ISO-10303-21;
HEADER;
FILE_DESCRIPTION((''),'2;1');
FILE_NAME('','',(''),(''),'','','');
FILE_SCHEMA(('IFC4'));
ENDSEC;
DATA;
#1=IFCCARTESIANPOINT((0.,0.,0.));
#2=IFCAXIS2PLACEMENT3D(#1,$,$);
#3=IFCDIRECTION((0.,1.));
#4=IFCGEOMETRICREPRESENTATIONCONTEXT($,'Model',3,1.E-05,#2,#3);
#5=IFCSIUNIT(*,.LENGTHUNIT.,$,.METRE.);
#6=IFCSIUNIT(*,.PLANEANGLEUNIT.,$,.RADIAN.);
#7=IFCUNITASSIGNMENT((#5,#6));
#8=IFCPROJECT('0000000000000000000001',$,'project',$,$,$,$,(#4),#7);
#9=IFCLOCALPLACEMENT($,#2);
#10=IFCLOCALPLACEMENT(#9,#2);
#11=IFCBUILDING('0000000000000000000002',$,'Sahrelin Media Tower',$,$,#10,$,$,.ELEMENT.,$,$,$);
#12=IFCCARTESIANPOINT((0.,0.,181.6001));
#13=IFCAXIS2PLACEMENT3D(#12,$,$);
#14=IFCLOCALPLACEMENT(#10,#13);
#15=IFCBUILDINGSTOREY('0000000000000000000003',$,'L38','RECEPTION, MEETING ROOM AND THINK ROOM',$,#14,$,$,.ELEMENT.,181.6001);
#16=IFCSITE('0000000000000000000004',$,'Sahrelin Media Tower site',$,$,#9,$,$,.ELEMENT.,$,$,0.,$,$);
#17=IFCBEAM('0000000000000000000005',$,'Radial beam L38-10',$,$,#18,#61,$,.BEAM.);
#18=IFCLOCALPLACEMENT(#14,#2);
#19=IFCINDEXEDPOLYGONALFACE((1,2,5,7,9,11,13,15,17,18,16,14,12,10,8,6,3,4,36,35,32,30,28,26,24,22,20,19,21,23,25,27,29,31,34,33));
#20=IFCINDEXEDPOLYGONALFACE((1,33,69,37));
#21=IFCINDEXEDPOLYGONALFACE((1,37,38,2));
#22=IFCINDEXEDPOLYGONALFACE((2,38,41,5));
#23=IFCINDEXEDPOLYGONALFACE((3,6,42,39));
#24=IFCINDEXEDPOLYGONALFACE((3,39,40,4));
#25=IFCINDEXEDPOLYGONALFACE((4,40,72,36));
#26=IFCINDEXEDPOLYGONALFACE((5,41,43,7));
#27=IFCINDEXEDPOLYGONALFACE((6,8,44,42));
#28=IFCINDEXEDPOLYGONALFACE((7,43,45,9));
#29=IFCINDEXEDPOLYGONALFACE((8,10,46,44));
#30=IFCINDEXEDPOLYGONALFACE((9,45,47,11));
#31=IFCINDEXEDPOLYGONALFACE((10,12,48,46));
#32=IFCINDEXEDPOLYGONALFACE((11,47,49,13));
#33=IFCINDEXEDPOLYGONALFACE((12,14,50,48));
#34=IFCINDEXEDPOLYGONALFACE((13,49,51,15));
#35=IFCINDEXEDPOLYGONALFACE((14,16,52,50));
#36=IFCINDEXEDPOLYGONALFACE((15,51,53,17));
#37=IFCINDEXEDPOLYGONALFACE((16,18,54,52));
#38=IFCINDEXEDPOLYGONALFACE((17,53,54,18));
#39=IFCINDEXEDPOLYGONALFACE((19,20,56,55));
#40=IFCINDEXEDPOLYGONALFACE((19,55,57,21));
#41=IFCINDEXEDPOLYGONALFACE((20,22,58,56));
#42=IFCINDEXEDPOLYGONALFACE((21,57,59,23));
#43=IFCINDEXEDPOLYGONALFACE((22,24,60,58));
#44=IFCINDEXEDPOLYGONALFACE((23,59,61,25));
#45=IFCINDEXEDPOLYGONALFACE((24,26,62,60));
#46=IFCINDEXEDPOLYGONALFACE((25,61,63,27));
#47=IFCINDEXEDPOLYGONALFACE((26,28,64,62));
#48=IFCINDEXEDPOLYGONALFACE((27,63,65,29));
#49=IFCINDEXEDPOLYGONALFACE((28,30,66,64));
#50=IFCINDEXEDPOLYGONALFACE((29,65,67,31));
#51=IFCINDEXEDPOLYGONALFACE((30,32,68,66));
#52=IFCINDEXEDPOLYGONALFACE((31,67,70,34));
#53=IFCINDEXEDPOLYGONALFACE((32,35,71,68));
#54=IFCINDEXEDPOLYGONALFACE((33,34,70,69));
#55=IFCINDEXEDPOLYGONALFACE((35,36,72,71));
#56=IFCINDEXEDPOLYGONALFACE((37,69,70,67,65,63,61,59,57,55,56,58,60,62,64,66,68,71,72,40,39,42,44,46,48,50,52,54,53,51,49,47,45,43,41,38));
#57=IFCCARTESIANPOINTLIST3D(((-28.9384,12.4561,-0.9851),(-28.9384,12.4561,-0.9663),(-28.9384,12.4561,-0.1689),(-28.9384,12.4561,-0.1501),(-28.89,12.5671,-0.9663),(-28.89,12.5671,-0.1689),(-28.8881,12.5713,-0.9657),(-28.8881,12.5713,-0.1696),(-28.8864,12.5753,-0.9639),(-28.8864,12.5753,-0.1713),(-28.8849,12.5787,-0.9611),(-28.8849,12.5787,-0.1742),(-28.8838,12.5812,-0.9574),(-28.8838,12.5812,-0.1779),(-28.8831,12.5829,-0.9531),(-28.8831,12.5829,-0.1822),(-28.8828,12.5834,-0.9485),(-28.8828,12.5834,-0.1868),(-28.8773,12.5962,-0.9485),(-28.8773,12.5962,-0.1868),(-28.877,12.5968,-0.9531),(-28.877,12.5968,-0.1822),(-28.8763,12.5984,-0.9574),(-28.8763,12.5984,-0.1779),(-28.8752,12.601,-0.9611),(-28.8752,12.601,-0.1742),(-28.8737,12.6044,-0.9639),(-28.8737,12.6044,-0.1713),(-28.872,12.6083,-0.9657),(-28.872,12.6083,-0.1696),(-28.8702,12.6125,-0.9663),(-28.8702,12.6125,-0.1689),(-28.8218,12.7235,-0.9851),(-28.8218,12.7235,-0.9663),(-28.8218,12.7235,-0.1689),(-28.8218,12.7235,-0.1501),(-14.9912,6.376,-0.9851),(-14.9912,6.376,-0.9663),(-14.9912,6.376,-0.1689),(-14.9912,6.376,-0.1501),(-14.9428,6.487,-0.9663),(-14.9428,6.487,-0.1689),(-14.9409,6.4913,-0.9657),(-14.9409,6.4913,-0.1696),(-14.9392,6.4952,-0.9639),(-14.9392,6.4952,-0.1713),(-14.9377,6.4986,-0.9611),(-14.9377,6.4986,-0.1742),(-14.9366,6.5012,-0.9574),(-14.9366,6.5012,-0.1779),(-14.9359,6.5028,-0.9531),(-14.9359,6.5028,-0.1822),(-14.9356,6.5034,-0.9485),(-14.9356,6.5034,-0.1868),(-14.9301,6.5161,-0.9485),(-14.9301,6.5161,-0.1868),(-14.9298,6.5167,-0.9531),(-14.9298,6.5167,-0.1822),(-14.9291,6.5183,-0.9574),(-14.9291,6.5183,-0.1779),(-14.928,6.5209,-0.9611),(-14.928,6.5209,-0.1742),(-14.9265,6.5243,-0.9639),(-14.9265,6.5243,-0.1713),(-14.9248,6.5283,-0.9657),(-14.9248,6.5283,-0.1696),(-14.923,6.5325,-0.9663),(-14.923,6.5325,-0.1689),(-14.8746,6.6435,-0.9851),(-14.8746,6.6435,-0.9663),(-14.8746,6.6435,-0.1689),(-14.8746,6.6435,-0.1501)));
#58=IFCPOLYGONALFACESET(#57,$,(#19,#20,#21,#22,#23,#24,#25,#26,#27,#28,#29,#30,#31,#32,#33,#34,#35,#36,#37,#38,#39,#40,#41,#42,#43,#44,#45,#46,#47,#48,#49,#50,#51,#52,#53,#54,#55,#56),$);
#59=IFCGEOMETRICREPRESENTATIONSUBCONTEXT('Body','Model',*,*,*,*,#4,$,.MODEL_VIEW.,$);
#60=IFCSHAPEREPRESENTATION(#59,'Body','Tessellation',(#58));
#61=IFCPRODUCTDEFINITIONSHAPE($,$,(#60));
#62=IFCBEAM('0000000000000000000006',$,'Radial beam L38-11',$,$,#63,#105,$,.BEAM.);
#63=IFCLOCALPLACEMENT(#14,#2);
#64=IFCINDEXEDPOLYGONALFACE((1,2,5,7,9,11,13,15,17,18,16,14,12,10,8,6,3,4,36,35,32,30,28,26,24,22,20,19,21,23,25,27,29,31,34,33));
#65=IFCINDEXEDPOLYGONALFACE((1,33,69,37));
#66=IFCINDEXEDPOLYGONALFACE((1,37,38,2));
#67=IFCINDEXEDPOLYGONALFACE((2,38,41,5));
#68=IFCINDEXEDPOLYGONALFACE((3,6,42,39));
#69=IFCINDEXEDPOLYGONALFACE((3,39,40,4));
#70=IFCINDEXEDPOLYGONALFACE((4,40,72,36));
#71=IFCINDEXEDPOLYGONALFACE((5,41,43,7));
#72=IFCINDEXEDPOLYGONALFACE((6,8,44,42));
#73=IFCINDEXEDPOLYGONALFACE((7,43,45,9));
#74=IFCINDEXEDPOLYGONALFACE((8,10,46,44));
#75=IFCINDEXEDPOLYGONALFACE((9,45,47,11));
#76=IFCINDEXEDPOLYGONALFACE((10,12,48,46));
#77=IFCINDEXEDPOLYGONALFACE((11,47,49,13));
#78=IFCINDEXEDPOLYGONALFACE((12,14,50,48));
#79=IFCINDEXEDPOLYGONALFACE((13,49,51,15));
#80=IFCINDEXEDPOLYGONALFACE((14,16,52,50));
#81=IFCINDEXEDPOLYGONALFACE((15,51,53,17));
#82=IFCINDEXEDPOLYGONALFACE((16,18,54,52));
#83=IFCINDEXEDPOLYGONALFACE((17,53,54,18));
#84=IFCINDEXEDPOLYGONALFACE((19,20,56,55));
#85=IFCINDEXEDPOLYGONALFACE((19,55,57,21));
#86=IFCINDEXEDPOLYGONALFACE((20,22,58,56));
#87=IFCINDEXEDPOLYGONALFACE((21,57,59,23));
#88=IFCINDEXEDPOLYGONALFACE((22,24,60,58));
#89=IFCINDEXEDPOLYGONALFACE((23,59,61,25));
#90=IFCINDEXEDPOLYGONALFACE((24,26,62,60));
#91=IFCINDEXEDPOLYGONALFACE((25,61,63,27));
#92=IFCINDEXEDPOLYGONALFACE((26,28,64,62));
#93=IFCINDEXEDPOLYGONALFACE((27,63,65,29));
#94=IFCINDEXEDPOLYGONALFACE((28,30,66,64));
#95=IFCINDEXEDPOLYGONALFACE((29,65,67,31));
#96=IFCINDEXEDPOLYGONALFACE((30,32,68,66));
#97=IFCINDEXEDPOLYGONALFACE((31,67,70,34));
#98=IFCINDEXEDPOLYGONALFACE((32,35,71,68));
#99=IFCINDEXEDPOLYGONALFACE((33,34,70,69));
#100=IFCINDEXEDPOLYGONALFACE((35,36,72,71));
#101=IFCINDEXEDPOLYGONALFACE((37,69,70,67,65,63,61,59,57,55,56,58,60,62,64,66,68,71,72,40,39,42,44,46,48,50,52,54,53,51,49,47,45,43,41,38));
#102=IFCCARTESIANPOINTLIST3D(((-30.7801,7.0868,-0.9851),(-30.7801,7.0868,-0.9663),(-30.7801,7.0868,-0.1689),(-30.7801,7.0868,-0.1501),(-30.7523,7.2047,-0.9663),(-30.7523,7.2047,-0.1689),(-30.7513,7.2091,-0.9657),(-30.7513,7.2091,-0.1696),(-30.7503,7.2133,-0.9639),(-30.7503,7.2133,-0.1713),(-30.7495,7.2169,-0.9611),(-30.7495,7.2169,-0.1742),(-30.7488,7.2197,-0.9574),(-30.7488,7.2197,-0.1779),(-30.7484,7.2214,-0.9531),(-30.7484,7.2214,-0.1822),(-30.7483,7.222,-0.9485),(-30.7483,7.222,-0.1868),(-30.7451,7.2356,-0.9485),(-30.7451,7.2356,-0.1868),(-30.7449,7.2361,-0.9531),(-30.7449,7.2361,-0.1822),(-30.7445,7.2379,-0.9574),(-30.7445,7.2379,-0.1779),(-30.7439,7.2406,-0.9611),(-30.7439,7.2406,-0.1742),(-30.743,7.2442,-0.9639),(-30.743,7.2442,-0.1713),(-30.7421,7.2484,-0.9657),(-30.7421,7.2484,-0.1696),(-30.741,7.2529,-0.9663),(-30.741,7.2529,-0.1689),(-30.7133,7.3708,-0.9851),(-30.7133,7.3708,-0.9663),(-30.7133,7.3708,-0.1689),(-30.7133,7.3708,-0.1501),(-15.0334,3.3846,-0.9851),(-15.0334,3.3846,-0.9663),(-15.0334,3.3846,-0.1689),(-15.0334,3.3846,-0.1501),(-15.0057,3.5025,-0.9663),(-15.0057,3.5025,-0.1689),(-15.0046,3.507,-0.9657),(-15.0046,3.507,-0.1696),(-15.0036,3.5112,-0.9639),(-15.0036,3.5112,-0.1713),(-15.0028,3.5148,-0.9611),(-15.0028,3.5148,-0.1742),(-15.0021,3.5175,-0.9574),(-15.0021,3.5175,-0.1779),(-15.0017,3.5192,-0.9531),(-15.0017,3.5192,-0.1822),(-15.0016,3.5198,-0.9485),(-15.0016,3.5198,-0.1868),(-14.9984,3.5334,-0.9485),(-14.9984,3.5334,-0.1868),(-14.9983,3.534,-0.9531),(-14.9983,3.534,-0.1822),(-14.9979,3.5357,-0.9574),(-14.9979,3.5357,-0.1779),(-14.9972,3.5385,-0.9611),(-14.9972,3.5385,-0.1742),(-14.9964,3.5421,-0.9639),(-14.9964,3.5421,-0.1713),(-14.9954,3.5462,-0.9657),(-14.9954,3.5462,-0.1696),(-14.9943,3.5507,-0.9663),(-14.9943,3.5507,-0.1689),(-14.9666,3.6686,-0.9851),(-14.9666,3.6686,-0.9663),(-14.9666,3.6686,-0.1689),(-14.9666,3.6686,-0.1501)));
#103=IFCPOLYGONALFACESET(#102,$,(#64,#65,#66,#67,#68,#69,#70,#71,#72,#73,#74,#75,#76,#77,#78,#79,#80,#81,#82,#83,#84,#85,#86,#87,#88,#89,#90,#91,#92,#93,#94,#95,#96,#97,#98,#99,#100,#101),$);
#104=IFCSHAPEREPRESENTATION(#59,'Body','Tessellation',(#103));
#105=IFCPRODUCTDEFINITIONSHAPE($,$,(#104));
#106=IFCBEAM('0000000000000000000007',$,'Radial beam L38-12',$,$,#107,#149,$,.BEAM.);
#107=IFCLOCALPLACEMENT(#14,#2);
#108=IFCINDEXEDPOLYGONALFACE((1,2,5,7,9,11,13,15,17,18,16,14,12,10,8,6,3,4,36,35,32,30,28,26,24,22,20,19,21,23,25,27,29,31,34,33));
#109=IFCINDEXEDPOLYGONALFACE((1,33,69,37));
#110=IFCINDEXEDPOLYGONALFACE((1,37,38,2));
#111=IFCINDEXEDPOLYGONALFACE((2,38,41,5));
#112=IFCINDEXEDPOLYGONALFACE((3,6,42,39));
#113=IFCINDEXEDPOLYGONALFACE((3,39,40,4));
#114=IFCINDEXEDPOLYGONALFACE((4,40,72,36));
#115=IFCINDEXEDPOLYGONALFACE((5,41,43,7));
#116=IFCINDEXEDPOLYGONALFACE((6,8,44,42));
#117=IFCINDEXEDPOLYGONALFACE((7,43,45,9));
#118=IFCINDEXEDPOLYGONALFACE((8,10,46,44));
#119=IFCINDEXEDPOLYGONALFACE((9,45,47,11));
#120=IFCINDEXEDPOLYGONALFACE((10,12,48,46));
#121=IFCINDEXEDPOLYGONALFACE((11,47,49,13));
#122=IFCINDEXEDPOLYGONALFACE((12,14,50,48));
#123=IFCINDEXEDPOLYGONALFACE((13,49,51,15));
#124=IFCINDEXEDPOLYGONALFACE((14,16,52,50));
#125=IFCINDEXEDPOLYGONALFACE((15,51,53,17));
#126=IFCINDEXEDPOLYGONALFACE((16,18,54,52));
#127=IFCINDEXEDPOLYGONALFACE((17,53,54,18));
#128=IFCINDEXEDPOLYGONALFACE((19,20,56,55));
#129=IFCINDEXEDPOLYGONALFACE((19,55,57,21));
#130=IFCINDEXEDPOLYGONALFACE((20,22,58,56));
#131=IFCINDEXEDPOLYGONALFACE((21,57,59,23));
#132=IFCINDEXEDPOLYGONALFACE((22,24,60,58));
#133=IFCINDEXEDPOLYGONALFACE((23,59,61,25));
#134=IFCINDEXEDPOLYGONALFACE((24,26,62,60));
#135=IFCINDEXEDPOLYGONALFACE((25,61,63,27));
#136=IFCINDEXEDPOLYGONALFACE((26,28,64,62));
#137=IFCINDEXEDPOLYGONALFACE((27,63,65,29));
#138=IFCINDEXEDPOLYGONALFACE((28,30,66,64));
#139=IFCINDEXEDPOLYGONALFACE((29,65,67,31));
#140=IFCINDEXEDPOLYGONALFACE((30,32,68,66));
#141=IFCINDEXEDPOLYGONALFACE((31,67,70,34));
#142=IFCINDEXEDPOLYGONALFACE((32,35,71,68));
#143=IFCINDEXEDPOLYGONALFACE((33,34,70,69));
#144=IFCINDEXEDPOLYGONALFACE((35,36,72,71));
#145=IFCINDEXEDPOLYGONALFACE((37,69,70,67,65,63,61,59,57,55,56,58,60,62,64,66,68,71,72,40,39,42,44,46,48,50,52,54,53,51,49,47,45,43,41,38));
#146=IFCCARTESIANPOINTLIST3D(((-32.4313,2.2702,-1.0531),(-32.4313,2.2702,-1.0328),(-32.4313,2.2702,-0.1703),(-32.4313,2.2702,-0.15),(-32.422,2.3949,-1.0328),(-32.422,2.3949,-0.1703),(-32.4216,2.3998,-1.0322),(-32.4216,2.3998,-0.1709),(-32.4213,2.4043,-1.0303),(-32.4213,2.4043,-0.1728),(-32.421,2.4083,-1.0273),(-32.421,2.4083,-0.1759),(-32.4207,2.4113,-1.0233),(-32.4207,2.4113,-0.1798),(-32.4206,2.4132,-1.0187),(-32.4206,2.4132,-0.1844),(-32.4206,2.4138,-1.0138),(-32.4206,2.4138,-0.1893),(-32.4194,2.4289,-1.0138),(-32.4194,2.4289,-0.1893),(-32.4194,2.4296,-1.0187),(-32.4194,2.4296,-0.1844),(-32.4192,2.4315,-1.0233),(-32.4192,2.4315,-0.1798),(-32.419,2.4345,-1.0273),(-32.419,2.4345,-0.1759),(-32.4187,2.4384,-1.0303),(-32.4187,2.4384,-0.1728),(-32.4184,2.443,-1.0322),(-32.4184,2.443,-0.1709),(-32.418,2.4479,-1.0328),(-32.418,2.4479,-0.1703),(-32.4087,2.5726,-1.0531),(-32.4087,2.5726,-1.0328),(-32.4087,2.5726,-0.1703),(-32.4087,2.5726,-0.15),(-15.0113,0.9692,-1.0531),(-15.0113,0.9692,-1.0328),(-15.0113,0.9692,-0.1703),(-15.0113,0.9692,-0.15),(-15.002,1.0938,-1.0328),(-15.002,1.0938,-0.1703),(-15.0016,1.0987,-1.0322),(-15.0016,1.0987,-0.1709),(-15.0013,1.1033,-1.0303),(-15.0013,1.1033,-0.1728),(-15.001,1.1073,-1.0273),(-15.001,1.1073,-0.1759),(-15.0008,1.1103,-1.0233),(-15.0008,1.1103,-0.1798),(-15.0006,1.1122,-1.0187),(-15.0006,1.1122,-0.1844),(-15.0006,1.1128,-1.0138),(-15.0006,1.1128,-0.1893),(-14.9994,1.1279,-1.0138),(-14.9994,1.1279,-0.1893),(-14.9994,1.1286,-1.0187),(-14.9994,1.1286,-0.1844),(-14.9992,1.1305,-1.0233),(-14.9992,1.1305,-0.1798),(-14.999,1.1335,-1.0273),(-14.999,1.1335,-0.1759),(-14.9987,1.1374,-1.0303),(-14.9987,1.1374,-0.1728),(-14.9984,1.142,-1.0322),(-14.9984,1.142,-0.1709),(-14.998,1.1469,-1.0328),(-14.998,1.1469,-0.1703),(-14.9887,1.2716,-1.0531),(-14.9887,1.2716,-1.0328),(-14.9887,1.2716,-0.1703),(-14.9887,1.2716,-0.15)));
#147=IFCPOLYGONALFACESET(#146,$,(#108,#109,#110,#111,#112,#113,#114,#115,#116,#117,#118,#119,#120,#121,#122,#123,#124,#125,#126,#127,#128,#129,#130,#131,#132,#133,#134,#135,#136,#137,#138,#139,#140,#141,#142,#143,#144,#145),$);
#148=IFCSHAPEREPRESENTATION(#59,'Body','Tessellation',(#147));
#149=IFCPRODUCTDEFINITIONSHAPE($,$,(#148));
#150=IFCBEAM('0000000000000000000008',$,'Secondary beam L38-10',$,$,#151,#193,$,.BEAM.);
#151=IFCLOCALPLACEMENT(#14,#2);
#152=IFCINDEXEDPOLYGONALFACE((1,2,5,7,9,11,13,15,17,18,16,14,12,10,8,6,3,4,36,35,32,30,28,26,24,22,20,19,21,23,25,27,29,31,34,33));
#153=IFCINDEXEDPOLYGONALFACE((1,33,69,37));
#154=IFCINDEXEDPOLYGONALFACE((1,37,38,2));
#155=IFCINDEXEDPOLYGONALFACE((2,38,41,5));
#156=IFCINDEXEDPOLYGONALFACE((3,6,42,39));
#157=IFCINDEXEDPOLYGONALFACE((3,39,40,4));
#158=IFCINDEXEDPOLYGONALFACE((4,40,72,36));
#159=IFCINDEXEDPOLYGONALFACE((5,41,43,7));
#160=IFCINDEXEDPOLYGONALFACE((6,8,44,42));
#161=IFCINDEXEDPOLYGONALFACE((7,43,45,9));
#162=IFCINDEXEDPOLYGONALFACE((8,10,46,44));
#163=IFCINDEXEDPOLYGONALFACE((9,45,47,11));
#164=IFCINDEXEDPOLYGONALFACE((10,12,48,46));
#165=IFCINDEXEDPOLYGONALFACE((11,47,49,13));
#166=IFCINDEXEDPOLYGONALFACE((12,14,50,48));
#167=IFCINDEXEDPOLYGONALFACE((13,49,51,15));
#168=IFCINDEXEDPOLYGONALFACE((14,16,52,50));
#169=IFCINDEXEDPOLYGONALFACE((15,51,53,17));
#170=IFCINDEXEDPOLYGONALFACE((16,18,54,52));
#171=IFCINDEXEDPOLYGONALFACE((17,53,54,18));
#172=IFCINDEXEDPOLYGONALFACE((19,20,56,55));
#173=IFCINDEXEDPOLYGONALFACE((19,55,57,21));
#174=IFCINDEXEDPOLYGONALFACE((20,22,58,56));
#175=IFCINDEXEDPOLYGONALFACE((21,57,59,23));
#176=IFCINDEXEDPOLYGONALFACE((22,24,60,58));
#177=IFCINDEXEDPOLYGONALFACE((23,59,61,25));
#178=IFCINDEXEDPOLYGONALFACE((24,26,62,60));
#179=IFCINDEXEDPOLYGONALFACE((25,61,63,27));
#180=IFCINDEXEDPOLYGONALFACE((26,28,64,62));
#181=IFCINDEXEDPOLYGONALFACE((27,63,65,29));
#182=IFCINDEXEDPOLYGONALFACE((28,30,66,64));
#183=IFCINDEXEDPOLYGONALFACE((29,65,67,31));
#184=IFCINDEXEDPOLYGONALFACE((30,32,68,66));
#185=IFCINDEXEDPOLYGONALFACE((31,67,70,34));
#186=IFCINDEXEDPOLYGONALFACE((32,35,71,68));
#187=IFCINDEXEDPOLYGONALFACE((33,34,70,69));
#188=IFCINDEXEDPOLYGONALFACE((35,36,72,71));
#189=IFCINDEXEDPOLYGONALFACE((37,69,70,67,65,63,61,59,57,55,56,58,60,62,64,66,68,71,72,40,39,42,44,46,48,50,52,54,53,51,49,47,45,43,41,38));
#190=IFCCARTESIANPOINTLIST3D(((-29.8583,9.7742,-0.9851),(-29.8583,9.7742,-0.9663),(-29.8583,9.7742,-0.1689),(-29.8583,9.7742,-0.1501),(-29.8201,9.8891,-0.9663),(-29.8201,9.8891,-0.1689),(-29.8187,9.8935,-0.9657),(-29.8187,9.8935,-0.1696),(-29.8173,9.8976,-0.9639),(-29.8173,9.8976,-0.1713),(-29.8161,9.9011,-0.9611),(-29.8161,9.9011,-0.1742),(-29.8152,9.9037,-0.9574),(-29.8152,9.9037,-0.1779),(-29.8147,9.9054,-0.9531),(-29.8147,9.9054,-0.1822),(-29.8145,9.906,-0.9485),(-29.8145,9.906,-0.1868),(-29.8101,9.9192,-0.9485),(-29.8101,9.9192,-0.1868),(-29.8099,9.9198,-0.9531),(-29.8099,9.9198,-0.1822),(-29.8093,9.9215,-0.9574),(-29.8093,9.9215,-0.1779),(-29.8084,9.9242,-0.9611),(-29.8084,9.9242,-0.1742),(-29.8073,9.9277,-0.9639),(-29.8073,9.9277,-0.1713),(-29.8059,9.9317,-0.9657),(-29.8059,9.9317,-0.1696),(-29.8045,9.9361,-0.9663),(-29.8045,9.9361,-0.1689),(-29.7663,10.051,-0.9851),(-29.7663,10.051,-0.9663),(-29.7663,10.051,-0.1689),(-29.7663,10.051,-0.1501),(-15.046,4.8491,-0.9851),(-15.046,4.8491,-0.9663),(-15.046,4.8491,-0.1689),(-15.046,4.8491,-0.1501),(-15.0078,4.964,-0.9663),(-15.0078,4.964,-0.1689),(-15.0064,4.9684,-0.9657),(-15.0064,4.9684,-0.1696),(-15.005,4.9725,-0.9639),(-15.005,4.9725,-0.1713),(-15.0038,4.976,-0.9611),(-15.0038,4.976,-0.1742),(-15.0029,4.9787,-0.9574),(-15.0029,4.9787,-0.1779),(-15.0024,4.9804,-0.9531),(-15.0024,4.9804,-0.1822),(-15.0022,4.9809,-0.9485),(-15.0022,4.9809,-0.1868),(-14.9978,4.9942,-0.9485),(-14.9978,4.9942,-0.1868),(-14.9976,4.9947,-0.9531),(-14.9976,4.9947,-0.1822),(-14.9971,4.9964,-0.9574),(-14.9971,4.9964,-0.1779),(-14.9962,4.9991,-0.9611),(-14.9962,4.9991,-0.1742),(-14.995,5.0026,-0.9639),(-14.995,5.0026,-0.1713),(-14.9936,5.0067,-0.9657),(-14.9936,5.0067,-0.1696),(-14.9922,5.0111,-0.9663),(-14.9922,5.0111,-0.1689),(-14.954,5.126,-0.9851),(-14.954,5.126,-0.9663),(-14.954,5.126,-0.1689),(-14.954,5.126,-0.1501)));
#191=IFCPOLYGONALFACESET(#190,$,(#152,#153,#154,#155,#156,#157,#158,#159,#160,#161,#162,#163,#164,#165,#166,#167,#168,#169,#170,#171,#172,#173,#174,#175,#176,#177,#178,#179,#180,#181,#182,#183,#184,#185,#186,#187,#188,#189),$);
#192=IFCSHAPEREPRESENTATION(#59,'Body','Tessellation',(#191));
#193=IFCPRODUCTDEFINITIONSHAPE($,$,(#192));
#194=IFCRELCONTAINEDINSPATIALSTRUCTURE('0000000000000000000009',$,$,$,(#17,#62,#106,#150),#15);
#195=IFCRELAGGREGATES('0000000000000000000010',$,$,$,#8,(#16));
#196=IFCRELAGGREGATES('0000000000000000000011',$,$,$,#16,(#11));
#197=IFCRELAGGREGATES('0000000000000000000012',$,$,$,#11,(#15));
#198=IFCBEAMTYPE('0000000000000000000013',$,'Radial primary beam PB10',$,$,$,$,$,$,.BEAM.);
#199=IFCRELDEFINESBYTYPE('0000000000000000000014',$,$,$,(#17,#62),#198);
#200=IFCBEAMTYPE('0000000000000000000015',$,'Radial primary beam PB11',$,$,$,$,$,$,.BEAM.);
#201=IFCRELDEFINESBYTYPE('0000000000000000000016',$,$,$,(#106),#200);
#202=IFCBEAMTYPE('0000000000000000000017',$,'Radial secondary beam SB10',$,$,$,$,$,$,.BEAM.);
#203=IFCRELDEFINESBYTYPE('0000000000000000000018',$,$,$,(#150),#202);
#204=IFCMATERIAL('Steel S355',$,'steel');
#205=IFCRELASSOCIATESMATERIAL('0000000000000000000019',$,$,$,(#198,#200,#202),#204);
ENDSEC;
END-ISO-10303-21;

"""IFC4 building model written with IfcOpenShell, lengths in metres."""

from ifc_helpers import new_model, si_unit, direction, frame, origin, origin_2d, place, context, subcontext, project, spatial, i_section, extrude, material, material_profile, profile_set, type_object, element, save


model = new_model("IFC4")

# Units and contexts
model_context = context("Model", 3, precision=1e-05, world=origin(), true_north=direction((0.0, 1.0)))
body_context = subcontext(model_context, "Body", "Model", "MODEL_VIEW")
ifc_project = project(units=[si_unit("LENGTHUNIT", "METRE"), si_unit("PLANEANGLEUNIT", "RADIAN")], contexts=[model_context])

# Site, building, storey
site_placement = place(None, origin())
site = spatial("IfcSite", under=ifc_project, at=site_placement, Name="Sahrelin Media Tower site", CompositionType="ELEMENT", RefElevation=0.0)
building_placement = place(site_placement, origin())
building = spatial("IfcBuilding", under=site, at=building_placement, Name="Sahrelin Media Tower", CompositionType="ELEMENT")
storey_placement = place(building_placement, frame((0.0, 0.0, 181.6001)))
storey = spatial("IfcBuildingStorey", under=building, at=storey_placement, Name="L38", Description="RECEPTION, MEETING ROOM AND THINK ROOM", CompositionType="ELEMENT", Elevation=181.6001)

# Beams
ifc_material_1 = material(Name="Steel S355", Category="steel")
ifc_material_profile_1 = material_profile(ifc_material_1, i_section(OverallWidth=0.2917, OverallDepth=0.835, WebThickness=0.0139, FlangeThickness=0.0188, FilletRadius=0.0178, at=origin_2d()), Name="UB 838x292x176")
ifc_profile_set_1 = profile_set([ifc_material_profile_1], Name="Steel S355")
beam_type_1 = type_object("IfcBeamType", Name="Radial primary beam PB10", PredefinedType="BEAM", material=ifc_profile_set_1)
beam_1_placement = place(storey_placement, frame((-14.9329, 6.5098, -0.5676), z_axis=(-0.916684, 0.399613, 0.0), x_axis=(-0.399613, -0.916684, 0.0)))
element("IfcBeam", 1, at=beam_1_placement, inside=storey, type_object=beam_type_1, Name="Radial beam L38-10", PredefinedType="BEAM", context=body_context, shape_type="SweptSolid", body=[
    extrude(i_section(OverallWidth=0.2917, OverallDepth=0.835, WebThickness=0.0139, FlangeThickness=0.0188, FilletRadius=0.0178, at=origin_2d()), origin(), (0.0, 0.0, 1.0), 15.2148),
])
beam_2_placement = place(storey_placement, frame((-15.0, 3.5266, -0.5676), z_axis=(-0.973458, 0.228868, 0.0), x_axis=(-0.228868, -0.973458, 0.0)))
element("IfcBeam", 2, at=beam_2_placement, inside=storey, type_object=beam_type_1, Name="Radial beam L38-11", PredefinedType="BEAM", context=body_context, shape_type="SweptSolid", body=[
    extrude(i_section(OverallWidth=0.2917, OverallDepth=0.835, WebThickness=0.0139, FlangeThickness=0.0188, FilletRadius=0.0178, at=origin_2d()), origin(), (0.0, 0.0, 1.0), 16.176),
])
ifc_material_profile_2 = material_profile(ifc_material_1, i_section(OverallWidth=0.3032, OverallDepth=0.9031, WebThickness=0.0151, FlangeThickness=0.0203, FilletRadius=0.019, at=origin_2d()), Name="UB 914x305x201")
ifc_profile_set_2 = profile_set([ifc_material_profile_2], Name="Steel S355")
beam_type_2 = type_object("IfcBeamType", Name="Radial primary beam PB11", PredefinedType="BEAM", material=ifc_profile_set_2)
beam_3_placement = place(storey_placement, frame((-15.0, 1.1204, -0.6016), z_axis=(-0.997223, 0.074479, 0.0), x_axis=(-0.074479, -0.997223, 0.0)))
element("IfcBeam", 3, at=beam_3_placement, inside=storey, type_object=beam_type_2, Name="Radial beam L38-12", PredefinedType="BEAM", context=body_context, shape_type="SweptSolid", body=[
    extrude(i_section(OverallWidth=0.3032, OverallDepth=0.9031, WebThickness=0.0151, FlangeThickness=0.0203, FilletRadius=0.019, at=origin_2d()), origin(), (0.0, 0.0, 1.0), 17.4685),
])
ifc_material_profile_3 = material_profile(ifc_material_1, i_section(OverallWidth=0.2917, OverallDepth=0.835, WebThickness=0.0139, FlangeThickness=0.0188, FilletRadius=0.0178, at=origin_2d()), Name="UB 838x292x176")
ifc_profile_set_3 = profile_set([ifc_material_profile_3], Name="Steel S355")
beam_type_3 = type_object("IfcBeamType", Name="Radial secondary beam SB10", PredefinedType="BEAM", material=ifc_profile_set_3)
beam_4_placement = place(storey_placement, frame((-15.0, 4.9875, -0.5676), z_axis=(-0.948921, 0.315514, 0.0), x_axis=(-0.315514, -0.948921, 0.0)))
element("IfcBeam", 4, at=beam_4_placement, inside=storey, type_object=beam_type_3, Name="Secondary beam L38-10", PredefinedType="BEAM", context=body_context, shape_type="SweptSolid", body=[
    extrude(i_section(OverallWidth=0.2917, OverallDepth=0.835, WebThickness=0.0139, FlangeThickness=0.0188, FilletRadius=0.0178, at=origin_2d()), origin(), (0.0, 0.0, 1.0), 15.6096),
])

save(model, "model.ifc")
